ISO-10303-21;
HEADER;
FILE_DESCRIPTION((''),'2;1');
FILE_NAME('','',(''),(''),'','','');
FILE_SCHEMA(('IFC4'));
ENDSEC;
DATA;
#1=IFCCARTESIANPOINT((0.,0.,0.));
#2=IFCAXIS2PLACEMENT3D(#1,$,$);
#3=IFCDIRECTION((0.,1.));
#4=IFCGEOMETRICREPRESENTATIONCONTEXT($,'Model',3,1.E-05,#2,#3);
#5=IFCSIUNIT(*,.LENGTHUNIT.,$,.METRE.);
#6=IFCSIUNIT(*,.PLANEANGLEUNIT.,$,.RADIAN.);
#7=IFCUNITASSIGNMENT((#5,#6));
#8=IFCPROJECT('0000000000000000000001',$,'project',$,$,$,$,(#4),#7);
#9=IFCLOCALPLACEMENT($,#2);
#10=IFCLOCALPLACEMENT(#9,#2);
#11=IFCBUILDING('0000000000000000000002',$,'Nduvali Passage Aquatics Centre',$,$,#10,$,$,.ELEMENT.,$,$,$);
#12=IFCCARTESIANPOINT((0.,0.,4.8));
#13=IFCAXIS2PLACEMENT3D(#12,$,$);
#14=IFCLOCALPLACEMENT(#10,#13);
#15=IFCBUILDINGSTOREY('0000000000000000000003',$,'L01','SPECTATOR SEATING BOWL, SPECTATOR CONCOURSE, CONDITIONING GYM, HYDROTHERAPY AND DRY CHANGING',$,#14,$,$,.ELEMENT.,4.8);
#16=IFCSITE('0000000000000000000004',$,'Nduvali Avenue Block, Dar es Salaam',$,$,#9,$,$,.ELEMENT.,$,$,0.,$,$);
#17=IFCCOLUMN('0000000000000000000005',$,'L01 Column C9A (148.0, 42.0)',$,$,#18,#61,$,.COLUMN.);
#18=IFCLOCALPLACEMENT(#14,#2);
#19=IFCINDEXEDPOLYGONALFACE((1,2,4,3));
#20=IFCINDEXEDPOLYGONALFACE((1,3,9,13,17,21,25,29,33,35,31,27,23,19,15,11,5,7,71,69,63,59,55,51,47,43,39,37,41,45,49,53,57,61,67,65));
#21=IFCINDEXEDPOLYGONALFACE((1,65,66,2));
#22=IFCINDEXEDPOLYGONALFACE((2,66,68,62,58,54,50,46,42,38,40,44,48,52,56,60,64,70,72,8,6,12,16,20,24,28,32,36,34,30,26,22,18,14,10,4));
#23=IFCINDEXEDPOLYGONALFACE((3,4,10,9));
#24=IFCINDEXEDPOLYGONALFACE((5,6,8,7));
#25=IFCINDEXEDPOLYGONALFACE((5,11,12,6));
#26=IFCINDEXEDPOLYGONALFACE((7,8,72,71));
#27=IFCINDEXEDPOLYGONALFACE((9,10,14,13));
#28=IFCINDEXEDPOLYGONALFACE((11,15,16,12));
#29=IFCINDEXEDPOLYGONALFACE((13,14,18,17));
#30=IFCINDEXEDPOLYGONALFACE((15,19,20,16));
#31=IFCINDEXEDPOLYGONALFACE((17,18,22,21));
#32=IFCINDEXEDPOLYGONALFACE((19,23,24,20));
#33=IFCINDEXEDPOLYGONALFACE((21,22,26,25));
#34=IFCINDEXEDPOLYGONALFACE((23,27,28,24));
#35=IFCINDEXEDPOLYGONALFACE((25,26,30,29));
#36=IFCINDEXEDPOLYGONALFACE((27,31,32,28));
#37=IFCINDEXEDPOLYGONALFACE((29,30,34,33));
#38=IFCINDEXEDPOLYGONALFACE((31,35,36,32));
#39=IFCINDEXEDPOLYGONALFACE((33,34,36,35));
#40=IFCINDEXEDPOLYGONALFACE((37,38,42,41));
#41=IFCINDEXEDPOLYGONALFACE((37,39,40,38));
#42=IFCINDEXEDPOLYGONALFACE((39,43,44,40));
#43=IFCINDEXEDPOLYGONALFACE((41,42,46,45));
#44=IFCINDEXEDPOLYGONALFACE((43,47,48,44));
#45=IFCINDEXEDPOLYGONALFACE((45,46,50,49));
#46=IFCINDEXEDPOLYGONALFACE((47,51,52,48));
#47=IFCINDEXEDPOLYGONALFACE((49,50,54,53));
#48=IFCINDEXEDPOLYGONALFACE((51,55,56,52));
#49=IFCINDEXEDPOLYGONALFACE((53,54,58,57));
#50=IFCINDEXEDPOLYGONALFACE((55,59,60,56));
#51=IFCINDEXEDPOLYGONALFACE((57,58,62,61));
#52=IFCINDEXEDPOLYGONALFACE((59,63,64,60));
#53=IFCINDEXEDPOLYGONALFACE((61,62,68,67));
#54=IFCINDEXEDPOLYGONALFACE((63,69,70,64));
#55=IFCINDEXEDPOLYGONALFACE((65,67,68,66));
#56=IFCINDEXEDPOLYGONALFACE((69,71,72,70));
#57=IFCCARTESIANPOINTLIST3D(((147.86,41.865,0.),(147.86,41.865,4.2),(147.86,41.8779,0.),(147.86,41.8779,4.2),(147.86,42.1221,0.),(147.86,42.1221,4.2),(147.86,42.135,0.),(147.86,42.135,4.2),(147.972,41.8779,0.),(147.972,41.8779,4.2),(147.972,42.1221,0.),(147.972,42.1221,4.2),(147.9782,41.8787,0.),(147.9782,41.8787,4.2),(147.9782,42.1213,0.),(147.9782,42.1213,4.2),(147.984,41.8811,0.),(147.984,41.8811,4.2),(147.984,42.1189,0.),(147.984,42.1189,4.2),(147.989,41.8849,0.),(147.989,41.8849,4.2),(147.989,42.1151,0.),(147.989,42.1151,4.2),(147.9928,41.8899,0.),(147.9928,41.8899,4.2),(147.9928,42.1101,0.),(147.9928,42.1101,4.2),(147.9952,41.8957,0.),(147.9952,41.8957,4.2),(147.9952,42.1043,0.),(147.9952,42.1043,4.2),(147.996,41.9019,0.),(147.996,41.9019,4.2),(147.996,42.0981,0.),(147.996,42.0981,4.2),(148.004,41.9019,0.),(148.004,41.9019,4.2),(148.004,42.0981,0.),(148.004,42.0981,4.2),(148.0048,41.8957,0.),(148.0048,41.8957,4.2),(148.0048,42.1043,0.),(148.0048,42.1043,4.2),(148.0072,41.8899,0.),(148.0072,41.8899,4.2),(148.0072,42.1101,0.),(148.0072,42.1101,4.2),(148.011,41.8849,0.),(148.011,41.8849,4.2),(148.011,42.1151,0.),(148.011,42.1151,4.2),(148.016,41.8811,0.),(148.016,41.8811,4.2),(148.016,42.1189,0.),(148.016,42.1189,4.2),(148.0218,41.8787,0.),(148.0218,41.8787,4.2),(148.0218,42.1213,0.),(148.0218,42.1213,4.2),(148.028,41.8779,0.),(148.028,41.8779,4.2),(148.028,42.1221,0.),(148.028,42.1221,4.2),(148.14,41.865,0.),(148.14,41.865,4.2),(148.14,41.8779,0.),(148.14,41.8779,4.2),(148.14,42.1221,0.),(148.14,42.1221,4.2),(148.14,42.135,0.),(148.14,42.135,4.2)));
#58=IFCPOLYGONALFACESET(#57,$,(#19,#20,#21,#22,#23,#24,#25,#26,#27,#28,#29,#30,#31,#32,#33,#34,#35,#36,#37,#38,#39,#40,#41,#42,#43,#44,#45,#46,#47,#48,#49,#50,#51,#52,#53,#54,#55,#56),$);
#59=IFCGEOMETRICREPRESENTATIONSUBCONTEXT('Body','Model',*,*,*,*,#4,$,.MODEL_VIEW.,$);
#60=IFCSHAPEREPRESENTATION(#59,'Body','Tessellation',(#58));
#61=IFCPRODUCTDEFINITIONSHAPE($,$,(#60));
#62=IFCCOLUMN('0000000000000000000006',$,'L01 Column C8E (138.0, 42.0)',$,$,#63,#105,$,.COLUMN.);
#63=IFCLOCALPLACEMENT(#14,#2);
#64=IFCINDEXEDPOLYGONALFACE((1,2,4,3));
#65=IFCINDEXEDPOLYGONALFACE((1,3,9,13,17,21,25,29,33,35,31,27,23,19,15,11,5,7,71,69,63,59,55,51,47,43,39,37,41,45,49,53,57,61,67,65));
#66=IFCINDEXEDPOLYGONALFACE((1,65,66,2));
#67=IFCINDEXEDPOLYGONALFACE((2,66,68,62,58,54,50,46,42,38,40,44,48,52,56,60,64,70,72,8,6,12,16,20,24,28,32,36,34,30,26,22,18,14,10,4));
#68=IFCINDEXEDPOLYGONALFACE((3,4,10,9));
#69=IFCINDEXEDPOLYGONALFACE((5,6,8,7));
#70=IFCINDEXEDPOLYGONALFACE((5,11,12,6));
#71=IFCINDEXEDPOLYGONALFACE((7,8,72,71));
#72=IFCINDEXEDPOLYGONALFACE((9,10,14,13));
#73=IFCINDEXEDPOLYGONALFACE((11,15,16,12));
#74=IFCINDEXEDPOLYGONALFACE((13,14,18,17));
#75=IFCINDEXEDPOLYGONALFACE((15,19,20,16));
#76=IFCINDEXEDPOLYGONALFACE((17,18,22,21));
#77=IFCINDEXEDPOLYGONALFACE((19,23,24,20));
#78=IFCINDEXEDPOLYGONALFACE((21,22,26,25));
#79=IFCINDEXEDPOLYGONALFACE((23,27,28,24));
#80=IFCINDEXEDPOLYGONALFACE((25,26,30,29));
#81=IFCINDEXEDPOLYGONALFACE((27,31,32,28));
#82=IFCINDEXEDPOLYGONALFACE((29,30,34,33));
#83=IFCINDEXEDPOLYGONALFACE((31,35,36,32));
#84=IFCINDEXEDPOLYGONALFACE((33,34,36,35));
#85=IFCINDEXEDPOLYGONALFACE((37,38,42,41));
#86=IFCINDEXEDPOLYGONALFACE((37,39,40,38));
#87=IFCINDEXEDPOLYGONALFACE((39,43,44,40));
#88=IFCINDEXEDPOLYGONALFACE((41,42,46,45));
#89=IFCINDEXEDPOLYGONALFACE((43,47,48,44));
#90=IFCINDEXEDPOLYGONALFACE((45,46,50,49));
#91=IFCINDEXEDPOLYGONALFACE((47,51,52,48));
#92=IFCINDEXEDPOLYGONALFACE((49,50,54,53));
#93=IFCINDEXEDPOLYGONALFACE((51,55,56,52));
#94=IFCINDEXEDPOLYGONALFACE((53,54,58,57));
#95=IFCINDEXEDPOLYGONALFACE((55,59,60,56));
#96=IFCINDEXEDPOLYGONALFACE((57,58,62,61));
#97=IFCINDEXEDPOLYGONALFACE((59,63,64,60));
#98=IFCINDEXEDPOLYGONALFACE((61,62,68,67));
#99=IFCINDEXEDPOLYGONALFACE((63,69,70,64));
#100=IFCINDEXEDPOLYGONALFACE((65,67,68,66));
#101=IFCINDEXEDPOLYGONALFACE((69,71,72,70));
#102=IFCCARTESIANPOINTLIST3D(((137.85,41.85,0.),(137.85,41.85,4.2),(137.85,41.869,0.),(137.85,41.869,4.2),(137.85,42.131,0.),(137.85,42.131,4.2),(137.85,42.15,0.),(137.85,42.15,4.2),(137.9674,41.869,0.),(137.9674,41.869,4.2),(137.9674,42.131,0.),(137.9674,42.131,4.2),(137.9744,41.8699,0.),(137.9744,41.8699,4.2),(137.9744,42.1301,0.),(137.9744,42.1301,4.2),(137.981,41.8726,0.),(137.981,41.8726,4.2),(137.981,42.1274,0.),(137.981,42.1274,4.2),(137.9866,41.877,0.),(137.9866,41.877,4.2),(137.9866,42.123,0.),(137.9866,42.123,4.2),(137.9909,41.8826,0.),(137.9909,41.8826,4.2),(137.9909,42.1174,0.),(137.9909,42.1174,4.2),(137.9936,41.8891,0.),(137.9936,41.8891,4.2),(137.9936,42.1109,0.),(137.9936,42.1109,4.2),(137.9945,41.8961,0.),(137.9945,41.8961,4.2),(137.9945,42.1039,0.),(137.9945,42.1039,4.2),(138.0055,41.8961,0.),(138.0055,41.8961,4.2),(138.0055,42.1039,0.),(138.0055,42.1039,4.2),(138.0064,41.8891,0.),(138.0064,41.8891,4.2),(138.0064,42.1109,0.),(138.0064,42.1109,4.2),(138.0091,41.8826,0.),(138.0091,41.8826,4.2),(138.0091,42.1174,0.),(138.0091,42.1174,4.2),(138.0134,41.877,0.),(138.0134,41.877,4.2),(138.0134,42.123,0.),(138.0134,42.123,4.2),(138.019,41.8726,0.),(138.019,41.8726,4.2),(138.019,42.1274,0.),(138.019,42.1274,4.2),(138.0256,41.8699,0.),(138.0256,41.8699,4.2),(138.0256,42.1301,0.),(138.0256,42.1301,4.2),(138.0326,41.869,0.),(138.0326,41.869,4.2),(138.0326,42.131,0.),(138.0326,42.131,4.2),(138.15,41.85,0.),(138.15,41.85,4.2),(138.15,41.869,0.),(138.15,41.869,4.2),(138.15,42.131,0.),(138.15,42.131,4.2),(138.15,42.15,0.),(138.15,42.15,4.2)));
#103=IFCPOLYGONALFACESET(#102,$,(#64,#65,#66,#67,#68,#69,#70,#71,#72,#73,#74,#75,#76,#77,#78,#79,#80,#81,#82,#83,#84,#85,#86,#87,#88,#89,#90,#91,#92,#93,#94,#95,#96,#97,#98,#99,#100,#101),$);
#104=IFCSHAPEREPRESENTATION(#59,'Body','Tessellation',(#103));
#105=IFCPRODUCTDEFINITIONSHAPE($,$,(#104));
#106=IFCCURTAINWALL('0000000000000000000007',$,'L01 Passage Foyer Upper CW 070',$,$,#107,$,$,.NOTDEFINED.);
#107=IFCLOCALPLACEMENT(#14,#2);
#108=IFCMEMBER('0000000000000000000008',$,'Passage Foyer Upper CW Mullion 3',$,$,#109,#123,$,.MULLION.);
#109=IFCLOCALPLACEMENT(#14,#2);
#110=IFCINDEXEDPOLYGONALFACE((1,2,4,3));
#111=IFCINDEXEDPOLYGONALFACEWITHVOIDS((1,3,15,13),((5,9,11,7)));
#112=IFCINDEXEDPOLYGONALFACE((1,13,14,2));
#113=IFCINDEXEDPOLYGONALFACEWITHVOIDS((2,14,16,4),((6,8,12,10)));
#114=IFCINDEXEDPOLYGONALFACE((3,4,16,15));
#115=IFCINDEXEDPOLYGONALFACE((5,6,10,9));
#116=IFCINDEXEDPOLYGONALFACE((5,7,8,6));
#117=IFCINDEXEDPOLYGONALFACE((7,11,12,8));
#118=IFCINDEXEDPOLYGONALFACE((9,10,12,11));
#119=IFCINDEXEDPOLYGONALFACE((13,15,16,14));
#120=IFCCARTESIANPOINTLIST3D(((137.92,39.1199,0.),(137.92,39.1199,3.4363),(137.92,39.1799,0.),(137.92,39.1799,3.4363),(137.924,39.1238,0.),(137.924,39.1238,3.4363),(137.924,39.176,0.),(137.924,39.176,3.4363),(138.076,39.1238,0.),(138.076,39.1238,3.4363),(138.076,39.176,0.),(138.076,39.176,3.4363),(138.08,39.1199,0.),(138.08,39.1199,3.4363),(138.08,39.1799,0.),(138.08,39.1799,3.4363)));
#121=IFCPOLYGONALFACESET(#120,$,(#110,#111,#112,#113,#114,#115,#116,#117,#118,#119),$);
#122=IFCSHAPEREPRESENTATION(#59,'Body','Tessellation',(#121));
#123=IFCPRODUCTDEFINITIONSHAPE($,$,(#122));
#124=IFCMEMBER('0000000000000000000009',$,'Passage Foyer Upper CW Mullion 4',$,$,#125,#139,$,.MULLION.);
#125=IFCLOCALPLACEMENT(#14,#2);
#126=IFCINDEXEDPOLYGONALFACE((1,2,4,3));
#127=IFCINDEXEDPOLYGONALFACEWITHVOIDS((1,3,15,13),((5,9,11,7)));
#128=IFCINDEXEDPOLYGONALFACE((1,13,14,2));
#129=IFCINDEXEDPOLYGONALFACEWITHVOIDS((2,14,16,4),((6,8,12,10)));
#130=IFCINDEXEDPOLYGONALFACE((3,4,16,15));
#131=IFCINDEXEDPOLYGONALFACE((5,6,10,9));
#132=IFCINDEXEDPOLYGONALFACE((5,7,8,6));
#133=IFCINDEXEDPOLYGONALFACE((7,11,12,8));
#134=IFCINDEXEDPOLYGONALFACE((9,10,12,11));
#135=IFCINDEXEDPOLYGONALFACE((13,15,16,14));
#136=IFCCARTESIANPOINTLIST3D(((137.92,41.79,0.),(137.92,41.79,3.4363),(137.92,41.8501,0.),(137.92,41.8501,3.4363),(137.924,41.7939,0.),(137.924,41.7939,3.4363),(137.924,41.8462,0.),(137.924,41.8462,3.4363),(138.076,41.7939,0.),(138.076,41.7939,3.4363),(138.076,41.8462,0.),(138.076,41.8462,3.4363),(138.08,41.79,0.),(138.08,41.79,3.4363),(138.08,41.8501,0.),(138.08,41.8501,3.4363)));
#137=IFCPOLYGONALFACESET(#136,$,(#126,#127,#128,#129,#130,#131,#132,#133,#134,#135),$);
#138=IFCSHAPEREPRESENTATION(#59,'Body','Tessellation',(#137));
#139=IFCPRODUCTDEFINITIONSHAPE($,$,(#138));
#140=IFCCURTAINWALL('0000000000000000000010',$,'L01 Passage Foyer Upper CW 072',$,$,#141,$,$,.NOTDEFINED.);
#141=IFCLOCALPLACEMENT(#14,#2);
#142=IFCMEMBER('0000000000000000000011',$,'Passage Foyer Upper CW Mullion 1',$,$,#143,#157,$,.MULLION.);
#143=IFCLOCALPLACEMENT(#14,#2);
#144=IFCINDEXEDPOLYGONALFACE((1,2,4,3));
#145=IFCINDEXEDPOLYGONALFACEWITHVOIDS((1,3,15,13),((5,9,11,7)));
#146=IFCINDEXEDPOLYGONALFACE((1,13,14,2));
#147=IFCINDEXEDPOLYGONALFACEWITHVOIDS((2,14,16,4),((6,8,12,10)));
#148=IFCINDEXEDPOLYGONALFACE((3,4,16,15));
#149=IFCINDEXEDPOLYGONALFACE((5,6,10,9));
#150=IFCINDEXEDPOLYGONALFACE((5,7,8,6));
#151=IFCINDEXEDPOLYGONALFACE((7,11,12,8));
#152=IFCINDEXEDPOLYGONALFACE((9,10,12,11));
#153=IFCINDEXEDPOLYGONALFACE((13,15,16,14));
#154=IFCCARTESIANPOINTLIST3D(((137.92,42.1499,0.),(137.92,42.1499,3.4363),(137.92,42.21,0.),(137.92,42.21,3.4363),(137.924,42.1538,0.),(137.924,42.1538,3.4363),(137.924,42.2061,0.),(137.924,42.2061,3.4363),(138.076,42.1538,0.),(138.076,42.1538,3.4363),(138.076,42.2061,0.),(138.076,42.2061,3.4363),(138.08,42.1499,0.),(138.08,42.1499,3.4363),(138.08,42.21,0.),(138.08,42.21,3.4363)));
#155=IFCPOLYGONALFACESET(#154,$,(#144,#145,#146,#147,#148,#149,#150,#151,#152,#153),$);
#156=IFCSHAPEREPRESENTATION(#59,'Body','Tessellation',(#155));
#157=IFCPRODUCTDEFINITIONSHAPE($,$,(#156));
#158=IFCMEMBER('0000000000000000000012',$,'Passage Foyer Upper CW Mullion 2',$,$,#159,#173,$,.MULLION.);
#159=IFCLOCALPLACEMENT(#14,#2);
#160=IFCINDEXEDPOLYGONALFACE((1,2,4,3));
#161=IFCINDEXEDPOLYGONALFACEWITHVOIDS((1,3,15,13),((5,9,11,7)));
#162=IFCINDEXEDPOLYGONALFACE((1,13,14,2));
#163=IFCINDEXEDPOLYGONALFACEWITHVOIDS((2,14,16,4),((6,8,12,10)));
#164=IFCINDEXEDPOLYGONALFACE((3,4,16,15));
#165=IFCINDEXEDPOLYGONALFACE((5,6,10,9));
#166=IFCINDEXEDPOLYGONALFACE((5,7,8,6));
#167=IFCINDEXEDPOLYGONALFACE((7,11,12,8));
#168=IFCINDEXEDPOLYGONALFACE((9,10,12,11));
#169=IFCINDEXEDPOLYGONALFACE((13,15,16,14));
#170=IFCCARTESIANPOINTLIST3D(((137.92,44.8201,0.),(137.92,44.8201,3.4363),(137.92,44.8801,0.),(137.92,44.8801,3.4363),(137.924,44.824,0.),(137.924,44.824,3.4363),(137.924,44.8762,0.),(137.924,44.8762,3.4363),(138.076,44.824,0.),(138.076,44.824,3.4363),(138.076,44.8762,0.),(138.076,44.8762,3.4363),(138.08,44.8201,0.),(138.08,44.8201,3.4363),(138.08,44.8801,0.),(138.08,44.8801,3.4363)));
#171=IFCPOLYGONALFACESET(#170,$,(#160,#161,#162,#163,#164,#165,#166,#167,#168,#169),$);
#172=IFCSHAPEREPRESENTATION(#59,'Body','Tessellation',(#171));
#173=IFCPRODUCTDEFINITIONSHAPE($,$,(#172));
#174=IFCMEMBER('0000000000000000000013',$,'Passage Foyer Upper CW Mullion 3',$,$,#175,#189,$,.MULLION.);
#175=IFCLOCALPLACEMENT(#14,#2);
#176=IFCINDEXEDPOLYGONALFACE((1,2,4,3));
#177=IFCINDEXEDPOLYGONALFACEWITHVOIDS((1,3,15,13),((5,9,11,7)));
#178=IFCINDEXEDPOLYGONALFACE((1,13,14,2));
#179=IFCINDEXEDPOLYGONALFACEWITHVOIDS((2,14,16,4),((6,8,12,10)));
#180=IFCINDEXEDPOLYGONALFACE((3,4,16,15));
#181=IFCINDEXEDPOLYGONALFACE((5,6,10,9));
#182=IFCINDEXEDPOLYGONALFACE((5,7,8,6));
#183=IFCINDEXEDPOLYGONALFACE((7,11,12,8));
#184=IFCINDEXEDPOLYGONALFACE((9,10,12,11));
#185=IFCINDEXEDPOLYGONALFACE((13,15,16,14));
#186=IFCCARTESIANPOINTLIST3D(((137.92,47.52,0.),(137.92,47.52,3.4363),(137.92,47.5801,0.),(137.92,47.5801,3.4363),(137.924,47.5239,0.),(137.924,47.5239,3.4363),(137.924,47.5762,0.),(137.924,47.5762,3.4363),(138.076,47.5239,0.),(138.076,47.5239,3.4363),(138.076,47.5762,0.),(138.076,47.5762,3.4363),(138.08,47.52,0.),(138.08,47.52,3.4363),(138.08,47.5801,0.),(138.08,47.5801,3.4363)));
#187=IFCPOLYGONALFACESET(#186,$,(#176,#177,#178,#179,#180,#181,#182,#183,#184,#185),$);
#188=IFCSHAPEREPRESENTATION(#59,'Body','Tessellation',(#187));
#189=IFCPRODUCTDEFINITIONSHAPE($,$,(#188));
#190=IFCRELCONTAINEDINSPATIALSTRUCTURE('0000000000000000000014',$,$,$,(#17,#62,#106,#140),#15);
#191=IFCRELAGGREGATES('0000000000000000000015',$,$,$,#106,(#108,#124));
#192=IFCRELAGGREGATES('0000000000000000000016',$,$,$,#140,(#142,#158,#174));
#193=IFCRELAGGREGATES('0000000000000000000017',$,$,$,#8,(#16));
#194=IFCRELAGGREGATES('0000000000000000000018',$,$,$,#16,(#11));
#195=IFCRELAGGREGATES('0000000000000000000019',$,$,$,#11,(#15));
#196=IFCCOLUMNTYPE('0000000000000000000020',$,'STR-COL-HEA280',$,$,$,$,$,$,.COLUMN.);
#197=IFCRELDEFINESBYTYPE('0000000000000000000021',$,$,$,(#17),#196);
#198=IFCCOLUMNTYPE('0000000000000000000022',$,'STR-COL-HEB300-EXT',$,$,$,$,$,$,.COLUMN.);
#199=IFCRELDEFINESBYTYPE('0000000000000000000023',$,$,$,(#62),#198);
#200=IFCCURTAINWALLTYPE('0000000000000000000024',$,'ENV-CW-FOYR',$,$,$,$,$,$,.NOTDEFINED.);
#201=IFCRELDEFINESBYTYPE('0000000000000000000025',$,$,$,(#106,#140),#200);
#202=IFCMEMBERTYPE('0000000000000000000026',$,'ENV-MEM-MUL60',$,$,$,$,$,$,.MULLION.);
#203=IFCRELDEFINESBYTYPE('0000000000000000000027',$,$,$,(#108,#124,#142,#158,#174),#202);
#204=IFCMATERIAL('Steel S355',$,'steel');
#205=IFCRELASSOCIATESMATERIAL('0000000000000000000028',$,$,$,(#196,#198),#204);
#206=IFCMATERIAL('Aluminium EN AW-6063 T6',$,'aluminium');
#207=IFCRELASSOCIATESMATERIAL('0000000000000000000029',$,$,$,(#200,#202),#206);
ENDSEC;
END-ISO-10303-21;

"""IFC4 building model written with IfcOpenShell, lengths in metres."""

from ifc_helpers import new_model, si_unit, direction, frame, origin, origin_2d, place, context, subcontext, project, spatial, hollow_rectangle, i_section, extrude, material, material_profile, profile_set, type_object, element, aggregate, save


model = new_model("IFC4")

# Units and contexts
model_context = context("Model", 3, precision=1e-05, world=origin(), true_north=direction((0.0, 1.0)))
body_context = subcontext(model_context, "Body", "Model", "MODEL_VIEW")
ifc_project = project(units=[si_unit("LENGTHUNIT", "METRE"), si_unit("PLANEANGLEUNIT", "RADIAN")], contexts=[model_context])

# Site, building, storey
site_placement = place(None, origin())
site = spatial("IfcSite", under=ifc_project, at=site_placement, Name="Nduvali Avenue Block, Dar es Salaam", CompositionType="ELEMENT", RefElevation=0.0)
building_placement = place(site_placement, origin())
building = spatial("IfcBuilding", under=site, at=building_placement, Name="Nduvali Passage Aquatics Centre", CompositionType="ELEMENT")
storey_placement = place(building_placement, frame((0.0, 0.0, 4.8)))
storey = spatial("IfcBuildingStorey", under=building, at=storey_placement, Name="L01", Description="SPECTATOR SEATING BOWL, SPECTATOR CONCOURSE, CONDITIONING GYM, HYDROTHERAPY AND DRY CHANGING", CompositionType="ELEMENT", Elevation=4.8)

# Columns
ifc_material_1 = material(Name="Steel S355", Category="steel")
ifc_material_profile_1 = material_profile(ifc_material_1, i_section(OverallWidth=0.28, OverallDepth=0.27, WebThickness=0.0081, FlangeThickness=0.0129, FilletRadius=0.0239, at=origin_2d()), Name="HEA 280")
ifc_profile_set_1 = profile_set([ifc_material_profile_1], Name="Steel S355")
column_type_1 = type_object("IfcColumnType", Name="STR-COL-HEA280", PredefinedType="COLUMN", material=ifc_profile_set_1)
column_1_placement = place(storey_placement, frame((148.0, 42.0, 0.0), z_axis=(0.0, 0.0, 1.0), x_axis=(1.0, 0.0, 0.0)))
element("IfcColumn", 1, at=column_1_placement, inside=storey, type_object=column_type_1, Name="L01 Column C9A (148.0, 42.0)", PredefinedType="COLUMN", context=body_context, shape_type="SweptSolid", body=[
    extrude(i_section(OverallWidth=0.28, OverallDepth=0.27, WebThickness=0.0081, FlangeThickness=0.0129, FilletRadius=0.0239, at=origin_2d()), origin(), (0.0, 0.0, 1.0), 4.2),
])
ifc_material_profile_2 = material_profile(ifc_material_1, i_section(OverallWidth=0.3, OverallDepth=0.3, WebThickness=0.011, FlangeThickness=0.019, FilletRadius=0.0271, at=origin_2d()), Name="HEB 300")
ifc_profile_set_2 = profile_set([ifc_material_profile_2], Name="Steel S355")
column_type_2 = type_object("IfcColumnType", Name="STR-COL-HEB300-EXT", PredefinedType="COLUMN", material=ifc_profile_set_2)
column_2_placement = place(storey_placement, frame((138.0, 42.0, 0.0), z_axis=(0.0, 0.0, 1.0), x_axis=(1.0, 0.0, 0.0)))
element("IfcColumn", 2, at=column_2_placement, inside=storey, type_object=column_type_2, Name="L01 Column C8E (138.0, 42.0)", PredefinedType="COLUMN", context=body_context, shape_type="SweptSolid", body=[
    extrude(i_section(OverallWidth=0.3, OverallDepth=0.3, WebThickness=0.011, FlangeThickness=0.019, FilletRadius=0.0271, at=origin_2d()), origin(), (0.0, 0.0, 1.0), 4.2),
])

# Curtain walls, members
ifc_material_2 = material(Name="Aluminium EN AW-6063 T6", Category="aluminium")
curtain_wall_type = type_object("IfcCurtainWallType", Name="ENV-CW-FOYR", PredefinedType="NOTDEFINED", material=ifc_material_2)
curtain_wall_1_placement = place(storey_placement, origin())
curtain_wall_1 = element("IfcCurtainWall", 3, at=curtain_wall_1_placement, inside=storey, type_object=curtain_wall_type, Name="L01 Passage Foyer Upper CW 070", PredefinedType="NOTDEFINED")
ifc_material_profile_3 = material_profile(ifc_material_2, hollow_rectangle(XDim=0.0601, YDim=0.1599, WallThickness=0.0039, at=origin_2d()), Name="ALU MULLION 60x160x4")
ifc_profile_set_3 = profile_set([ifc_material_profile_3], Name="Aluminium EN AW-6063 T6")
member_type_1 = type_object("IfcMemberType", Name="ENV-MEM-MUL60", PredefinedType="MULLION", material=ifc_profile_set_3)
member_1_placement = place(storey_placement, frame((138.0, 39.1499, 0.0), z_axis=(0.0, 0.0, 1.0), x_axis=(0.0, 1.0, 0.0)))
member_1 = element("IfcMember", 4, at=member_1_placement, type_object=member_type_1, Name="Passage Foyer Upper CW Mullion 3", PredefinedType="MULLION", context=body_context, shape_type="SweptSolid", body=[
    extrude(hollow_rectangle(XDim=0.0601, YDim=0.1599, WallThickness=0.0039, at=origin_2d()), origin(), (0.0, 0.0, 1.0), 3.4363),
])
member_2_placement = place(storey_placement, frame((138.0, 41.8201, 0.0), z_axis=(0.0, 0.0, 1.0), x_axis=(0.0, 1.0, 0.0)))
member_2 = element("IfcMember", 5, at=member_2_placement, type_object=member_type_1, Name="Passage Foyer Upper CW Mullion 4", PredefinedType="MULLION", context=body_context, shape_type="SweptSolid", body=[
    extrude(hollow_rectangle(XDim=0.0601, YDim=0.1599, WallThickness=0.0039, at=origin_2d()), origin(), (0.0, 0.0, 1.0), 3.4363),
])
curtain_wall_2_placement = place(storey_placement, origin())
curtain_wall_2 = element("IfcCurtainWall", 6, at=curtain_wall_2_placement, inside=storey, type_object=curtain_wall_type, Name="L01 Passage Foyer Upper CW 072", PredefinedType="NOTDEFINED")
member_3_placement = place(storey_placement, frame((138.0, 42.1799, 0.0), z_axis=(0.0, 0.0, 1.0), x_axis=(0.0, 1.0, 0.0)))
member_3 = element("IfcMember", 7, at=member_3_placement, type_object=member_type_1, Name="Passage Foyer Upper CW Mullion 1", PredefinedType="MULLION", context=body_context, shape_type="SweptSolid", body=[
    extrude(hollow_rectangle(XDim=0.0601, YDim=0.1599, WallThickness=0.0039, at=origin_2d()), origin(), (0.0, 0.0, 1.0), 3.4363),
])
member_4_placement = place(storey_placement, frame((138.0, 44.8501, 0.0), z_axis=(0.0, 0.0, 1.0), x_axis=(0.0, 1.0, 0.0)))
member_4 = element("IfcMember", 8, at=member_4_placement, type_object=member_type_1, Name="Passage Foyer Upper CW Mullion 2", PredefinedType="MULLION", context=body_context, shape_type="SweptSolid", body=[
    extrude(hollow_rectangle(XDim=0.0601, YDim=0.1599, WallThickness=0.0039, at=origin_2d()), origin(), (0.0, 0.0, 1.0), 3.4363),
])
member_5_placement = place(storey_placement, frame((138.0, 47.55, 0.0), z_axis=(0.0, 0.0, 1.0), x_axis=(0.0, 1.0, 0.0)))
member_5 = element("IfcMember", 9, at=member_5_placement, type_object=member_type_1, Name="Passage Foyer Upper CW Mullion 3", PredefinedType="MULLION", context=body_context, shape_type="SweptSolid", body=[
    extrude(hollow_rectangle(XDim=0.0601, YDim=0.1599, WallThickness=0.0039, at=origin_2d()), origin(), (0.0, 0.0, 1.0), 3.4363),
])

aggregate(curtain_wall_1, [member_1, member_2])
aggregate(curtain_wall_2, [member_3, member_4, member_5])

save(model, "model.ifc")
